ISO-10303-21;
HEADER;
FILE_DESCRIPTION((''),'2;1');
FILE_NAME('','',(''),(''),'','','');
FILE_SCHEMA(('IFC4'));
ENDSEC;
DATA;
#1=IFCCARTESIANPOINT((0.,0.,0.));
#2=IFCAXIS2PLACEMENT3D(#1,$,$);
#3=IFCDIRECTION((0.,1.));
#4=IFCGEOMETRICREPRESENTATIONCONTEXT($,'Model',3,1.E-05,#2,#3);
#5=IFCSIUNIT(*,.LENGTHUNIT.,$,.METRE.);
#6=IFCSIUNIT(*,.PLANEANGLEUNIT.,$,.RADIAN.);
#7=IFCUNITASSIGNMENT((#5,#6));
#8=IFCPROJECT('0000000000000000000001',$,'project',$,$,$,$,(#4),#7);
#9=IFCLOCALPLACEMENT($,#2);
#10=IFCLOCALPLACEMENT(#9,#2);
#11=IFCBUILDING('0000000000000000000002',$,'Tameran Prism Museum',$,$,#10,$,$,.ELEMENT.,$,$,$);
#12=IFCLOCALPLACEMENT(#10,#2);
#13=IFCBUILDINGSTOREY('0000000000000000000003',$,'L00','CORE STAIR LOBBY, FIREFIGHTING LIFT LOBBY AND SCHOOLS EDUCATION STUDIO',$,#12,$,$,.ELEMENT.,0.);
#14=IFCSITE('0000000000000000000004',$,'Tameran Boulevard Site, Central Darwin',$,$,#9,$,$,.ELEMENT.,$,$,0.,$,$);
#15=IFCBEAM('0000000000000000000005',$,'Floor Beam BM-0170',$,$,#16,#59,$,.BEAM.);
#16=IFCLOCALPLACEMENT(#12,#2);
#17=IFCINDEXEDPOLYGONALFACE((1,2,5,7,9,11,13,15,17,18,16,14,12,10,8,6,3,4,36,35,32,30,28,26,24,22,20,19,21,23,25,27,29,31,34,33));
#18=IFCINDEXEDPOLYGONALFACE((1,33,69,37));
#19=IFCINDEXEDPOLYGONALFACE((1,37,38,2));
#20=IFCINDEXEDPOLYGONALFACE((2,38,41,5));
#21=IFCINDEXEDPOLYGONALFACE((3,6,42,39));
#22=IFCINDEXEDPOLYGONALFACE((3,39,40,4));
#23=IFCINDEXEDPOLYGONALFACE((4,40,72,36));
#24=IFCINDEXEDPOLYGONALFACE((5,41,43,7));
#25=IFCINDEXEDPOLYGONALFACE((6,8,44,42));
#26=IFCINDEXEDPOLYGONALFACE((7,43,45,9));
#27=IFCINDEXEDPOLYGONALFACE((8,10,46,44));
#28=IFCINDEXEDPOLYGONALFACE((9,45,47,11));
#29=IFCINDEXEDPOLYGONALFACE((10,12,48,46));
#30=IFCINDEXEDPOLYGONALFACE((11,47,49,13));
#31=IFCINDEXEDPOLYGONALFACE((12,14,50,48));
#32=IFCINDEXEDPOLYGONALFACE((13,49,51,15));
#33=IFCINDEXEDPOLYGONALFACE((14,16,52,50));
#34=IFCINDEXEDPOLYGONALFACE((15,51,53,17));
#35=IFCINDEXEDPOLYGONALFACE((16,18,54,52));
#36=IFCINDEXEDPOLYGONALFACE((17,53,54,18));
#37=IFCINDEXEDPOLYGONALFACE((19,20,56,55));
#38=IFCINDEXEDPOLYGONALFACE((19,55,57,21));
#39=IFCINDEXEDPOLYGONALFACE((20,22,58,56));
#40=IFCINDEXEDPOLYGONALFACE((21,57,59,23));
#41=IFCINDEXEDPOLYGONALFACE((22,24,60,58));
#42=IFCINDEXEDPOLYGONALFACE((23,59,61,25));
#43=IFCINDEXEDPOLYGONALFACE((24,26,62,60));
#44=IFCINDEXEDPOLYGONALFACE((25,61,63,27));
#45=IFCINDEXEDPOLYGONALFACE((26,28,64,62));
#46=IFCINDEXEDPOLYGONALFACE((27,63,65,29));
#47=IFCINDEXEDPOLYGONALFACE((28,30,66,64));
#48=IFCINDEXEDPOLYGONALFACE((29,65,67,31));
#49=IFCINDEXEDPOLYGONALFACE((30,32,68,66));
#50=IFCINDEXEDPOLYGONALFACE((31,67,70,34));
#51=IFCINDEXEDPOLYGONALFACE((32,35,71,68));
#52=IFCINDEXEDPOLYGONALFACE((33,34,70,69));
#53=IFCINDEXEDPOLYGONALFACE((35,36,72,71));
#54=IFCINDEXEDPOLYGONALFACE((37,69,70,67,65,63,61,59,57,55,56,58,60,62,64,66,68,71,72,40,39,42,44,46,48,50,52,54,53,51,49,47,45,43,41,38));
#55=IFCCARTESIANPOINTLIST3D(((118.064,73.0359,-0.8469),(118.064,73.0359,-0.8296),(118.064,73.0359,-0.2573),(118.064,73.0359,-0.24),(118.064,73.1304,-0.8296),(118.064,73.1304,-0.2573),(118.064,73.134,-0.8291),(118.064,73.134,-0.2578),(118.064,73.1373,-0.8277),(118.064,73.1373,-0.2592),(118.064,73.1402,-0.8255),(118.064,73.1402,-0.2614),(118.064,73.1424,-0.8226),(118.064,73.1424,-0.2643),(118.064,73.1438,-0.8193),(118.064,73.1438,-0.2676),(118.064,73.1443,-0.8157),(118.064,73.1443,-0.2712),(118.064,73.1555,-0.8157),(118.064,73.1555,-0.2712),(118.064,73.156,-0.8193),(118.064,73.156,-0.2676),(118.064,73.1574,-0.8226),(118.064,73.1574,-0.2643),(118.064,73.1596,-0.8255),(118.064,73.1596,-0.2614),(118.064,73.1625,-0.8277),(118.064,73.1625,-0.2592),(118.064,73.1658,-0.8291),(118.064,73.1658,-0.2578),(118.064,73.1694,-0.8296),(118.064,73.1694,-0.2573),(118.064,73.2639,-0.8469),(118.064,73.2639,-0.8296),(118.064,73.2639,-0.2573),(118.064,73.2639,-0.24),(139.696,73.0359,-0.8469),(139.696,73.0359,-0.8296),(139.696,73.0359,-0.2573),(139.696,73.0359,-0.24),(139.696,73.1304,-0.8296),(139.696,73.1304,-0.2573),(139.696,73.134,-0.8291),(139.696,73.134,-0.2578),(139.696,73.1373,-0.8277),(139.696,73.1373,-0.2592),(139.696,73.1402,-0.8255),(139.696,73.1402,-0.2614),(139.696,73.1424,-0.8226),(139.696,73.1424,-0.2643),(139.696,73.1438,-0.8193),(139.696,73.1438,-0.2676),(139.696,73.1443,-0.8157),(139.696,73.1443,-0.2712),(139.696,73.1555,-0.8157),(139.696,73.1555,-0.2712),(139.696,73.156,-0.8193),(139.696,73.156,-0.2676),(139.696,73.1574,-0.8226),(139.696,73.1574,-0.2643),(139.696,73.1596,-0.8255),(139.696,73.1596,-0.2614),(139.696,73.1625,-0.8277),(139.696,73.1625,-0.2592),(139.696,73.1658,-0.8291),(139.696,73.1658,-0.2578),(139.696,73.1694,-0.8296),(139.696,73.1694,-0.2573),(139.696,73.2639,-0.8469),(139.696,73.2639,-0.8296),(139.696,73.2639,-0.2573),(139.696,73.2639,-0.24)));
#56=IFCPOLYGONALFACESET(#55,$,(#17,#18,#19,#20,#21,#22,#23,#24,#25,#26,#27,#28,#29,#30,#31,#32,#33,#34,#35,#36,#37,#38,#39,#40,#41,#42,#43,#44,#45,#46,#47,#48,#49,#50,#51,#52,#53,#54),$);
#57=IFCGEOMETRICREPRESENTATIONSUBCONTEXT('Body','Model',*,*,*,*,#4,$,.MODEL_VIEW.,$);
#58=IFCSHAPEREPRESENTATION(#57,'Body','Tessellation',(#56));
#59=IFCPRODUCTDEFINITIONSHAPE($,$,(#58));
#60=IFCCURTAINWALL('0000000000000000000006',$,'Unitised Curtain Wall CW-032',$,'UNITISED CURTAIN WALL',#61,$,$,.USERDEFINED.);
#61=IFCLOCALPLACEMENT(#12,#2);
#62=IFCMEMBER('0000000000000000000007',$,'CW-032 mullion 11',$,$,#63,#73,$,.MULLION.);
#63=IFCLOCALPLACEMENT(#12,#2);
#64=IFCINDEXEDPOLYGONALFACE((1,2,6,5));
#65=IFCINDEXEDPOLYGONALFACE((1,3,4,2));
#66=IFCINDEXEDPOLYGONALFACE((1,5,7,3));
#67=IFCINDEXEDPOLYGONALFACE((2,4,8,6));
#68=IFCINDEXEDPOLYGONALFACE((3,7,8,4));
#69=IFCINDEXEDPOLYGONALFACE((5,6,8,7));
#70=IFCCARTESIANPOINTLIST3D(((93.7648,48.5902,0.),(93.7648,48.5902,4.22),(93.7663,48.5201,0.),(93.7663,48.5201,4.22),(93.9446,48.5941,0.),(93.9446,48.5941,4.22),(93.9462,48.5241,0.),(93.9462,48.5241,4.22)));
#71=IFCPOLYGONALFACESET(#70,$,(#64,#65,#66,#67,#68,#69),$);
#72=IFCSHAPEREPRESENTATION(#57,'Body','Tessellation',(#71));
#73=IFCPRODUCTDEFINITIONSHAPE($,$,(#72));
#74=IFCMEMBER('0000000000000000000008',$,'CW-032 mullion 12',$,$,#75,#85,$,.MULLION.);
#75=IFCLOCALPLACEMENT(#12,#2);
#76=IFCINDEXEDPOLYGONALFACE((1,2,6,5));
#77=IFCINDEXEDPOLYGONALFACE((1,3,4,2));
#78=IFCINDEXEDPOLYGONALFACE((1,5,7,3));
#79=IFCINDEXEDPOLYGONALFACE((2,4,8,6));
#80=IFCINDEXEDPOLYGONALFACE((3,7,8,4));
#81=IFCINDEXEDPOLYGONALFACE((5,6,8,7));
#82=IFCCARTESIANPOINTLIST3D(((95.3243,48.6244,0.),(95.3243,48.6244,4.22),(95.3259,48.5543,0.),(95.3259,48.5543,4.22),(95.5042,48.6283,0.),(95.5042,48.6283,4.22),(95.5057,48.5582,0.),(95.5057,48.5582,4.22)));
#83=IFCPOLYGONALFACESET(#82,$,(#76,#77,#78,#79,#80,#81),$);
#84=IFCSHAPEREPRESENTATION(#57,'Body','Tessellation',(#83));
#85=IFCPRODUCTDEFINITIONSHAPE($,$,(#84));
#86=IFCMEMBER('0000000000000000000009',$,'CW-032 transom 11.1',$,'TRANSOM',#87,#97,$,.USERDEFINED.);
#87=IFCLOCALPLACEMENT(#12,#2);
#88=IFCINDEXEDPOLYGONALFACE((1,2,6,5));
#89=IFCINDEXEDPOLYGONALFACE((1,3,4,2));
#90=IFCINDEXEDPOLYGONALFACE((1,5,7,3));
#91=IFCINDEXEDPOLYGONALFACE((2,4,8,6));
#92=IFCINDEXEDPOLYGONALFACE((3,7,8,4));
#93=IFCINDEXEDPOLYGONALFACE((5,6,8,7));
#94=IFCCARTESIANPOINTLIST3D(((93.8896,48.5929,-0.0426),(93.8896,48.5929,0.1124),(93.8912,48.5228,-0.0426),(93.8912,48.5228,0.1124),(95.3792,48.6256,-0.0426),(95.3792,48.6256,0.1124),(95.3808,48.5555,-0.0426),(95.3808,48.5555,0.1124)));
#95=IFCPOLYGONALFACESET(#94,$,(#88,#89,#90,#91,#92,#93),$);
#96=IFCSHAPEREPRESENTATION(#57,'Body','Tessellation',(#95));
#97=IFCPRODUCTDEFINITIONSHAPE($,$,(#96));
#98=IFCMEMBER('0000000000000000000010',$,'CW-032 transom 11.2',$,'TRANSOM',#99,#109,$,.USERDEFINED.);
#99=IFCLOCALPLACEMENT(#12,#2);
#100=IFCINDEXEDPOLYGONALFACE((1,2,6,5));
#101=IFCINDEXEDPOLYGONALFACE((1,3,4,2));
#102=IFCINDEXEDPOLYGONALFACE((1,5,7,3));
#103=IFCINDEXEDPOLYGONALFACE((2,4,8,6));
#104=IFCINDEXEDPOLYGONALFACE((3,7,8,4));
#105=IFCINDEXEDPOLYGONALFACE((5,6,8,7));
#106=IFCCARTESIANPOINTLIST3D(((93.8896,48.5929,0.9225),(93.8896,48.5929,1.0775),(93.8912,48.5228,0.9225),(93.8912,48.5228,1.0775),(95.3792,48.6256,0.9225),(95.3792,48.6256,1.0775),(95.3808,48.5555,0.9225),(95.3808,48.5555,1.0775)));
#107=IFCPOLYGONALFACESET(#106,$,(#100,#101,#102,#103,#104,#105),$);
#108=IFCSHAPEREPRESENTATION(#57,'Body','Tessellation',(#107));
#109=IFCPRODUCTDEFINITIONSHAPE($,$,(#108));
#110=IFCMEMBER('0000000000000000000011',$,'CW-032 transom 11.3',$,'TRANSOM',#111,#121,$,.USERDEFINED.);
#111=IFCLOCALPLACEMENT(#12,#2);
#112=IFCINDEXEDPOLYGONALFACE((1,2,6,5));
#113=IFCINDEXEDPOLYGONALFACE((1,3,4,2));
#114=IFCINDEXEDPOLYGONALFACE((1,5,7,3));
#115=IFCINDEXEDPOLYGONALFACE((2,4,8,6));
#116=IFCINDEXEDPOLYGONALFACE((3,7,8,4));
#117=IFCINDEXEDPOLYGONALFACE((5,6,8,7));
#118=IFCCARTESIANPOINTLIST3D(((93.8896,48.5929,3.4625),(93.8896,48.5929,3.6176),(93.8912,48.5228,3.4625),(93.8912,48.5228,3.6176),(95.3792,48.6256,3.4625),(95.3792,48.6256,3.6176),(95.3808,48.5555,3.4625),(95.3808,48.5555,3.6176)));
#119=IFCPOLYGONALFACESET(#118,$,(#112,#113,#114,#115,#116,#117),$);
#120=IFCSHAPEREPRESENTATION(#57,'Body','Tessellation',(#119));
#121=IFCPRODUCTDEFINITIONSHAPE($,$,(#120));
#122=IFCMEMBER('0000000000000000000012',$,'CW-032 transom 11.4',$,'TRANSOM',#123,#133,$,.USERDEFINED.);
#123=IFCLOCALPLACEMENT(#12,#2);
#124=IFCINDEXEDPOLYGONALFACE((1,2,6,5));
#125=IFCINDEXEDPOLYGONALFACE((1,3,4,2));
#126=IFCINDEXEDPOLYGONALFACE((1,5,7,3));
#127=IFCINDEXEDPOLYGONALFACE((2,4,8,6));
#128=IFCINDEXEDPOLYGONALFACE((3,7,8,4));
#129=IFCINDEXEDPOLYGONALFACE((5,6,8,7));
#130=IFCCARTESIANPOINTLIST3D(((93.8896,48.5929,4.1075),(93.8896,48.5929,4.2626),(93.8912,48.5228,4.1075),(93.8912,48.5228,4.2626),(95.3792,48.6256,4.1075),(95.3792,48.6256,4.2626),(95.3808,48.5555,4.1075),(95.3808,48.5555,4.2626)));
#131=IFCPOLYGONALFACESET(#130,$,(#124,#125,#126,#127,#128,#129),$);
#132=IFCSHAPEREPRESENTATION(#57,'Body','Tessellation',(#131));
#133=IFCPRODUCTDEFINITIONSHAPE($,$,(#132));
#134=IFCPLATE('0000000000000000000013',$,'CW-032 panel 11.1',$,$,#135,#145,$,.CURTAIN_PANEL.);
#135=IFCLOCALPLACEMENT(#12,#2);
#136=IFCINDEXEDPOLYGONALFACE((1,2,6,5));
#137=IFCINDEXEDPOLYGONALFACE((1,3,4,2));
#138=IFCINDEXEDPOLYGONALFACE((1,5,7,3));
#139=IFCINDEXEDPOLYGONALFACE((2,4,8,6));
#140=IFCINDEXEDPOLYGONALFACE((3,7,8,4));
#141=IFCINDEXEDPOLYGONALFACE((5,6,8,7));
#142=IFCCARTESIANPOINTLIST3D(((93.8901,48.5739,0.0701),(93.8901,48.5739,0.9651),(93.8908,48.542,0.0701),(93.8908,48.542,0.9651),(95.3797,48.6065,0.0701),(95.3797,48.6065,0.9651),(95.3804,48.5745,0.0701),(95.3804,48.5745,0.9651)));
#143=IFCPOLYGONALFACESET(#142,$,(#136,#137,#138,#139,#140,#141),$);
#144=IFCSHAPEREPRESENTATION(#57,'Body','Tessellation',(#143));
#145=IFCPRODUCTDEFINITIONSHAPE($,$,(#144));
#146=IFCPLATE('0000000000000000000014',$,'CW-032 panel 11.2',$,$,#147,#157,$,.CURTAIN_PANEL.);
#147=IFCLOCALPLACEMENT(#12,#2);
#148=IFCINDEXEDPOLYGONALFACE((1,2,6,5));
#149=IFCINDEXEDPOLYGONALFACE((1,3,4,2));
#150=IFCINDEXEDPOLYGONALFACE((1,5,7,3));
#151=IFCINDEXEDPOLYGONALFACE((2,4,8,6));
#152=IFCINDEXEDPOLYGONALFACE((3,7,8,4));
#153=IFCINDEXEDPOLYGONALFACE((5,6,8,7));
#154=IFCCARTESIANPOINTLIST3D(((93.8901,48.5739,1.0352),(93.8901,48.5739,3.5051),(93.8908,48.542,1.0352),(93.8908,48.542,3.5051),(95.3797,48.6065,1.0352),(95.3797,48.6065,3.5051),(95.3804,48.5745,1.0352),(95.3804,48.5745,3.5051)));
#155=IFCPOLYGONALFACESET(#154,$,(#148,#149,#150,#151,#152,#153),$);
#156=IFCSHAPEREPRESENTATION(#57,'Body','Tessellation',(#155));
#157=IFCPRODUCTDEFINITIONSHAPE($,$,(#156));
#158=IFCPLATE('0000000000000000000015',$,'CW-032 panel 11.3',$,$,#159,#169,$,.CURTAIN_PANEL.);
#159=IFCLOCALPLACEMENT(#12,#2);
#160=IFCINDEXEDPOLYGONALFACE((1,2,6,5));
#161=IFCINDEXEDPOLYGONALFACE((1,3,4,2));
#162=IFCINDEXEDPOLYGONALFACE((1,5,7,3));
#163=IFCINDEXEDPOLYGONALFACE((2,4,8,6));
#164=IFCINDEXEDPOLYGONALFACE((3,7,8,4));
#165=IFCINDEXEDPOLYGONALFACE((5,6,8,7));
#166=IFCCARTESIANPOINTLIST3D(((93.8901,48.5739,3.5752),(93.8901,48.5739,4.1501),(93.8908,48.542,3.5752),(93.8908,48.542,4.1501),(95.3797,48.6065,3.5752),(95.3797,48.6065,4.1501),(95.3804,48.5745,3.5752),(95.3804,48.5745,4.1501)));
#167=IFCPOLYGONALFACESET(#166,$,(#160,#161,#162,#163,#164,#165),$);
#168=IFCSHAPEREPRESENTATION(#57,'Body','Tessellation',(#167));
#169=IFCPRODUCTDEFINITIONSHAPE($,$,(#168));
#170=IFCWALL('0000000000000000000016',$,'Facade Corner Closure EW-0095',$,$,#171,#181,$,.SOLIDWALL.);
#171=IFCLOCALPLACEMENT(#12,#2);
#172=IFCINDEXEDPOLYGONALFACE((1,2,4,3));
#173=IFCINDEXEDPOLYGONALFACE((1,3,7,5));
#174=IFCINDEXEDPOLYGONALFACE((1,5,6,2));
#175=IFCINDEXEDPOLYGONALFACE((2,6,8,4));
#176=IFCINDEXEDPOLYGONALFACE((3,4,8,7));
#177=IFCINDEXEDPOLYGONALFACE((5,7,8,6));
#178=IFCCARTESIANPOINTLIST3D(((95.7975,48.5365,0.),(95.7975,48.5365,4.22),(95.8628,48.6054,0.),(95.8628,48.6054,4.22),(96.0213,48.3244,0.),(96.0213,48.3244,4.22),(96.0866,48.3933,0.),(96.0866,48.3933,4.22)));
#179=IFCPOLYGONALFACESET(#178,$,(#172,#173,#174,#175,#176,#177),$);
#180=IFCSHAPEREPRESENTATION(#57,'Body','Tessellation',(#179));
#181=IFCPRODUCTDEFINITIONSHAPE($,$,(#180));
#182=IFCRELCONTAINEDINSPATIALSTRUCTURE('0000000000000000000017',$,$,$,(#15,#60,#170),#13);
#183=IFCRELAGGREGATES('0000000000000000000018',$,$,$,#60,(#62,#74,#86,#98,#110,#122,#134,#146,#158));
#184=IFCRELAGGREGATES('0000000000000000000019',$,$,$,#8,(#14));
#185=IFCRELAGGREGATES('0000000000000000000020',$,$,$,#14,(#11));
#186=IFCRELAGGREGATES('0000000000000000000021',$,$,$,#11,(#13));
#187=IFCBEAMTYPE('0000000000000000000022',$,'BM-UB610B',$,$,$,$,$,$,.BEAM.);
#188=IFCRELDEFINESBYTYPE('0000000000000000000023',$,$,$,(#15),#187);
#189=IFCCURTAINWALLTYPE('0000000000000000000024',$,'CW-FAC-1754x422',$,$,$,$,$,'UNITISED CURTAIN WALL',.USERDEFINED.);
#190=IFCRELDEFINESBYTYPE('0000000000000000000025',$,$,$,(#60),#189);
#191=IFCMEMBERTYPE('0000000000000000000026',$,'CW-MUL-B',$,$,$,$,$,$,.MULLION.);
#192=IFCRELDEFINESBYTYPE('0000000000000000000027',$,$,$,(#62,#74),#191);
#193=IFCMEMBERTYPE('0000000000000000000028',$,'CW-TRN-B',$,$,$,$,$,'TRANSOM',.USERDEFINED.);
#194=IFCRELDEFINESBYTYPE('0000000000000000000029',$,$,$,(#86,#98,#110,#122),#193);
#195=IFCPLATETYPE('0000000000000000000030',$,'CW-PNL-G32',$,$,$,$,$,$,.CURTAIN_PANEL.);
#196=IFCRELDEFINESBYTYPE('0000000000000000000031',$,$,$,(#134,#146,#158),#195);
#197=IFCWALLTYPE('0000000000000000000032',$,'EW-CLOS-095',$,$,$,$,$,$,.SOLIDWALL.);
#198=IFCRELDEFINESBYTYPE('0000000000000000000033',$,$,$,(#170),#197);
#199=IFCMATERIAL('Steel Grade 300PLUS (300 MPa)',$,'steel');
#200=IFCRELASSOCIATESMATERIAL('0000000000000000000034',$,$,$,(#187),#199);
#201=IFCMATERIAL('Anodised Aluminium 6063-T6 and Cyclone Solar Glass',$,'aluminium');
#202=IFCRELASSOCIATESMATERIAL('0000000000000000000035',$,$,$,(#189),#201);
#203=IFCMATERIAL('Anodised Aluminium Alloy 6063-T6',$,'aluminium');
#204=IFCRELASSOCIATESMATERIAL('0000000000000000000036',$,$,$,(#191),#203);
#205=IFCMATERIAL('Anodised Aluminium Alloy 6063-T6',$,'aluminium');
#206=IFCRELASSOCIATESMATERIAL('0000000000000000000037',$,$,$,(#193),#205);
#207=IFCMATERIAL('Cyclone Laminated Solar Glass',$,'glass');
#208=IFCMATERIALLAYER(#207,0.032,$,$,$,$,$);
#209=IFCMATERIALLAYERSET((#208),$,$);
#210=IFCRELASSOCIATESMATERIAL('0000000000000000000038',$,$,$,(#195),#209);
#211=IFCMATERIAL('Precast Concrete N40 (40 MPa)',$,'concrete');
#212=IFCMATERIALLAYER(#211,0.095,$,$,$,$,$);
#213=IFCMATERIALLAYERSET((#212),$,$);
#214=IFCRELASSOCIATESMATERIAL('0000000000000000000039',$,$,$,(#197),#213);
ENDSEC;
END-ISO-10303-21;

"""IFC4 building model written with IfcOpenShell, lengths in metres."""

from ifc_helpers import new_model, si_unit, direction, frame, frame_2d, origin, origin_2d, place, context, subcontext, project, spatial, rectangle, i_section, extrude, material, layer, layer_set, material_profile, profile_set, type_object, element, aggregate, save


model = new_model("IFC4")

# Units and contexts
model_context = context("Model", 3, precision=1e-05, world=origin(), true_north=direction((0.0, 1.0)))
body_context = subcontext(model_context, "Body", "Model", "MODEL_VIEW")
ifc_project = project(units=[si_unit("LENGTHUNIT", "METRE"), si_unit("PLANEANGLEUNIT", "RADIAN")], contexts=[model_context])

# Site, building, storey
site_placement = place(None, origin())
site = spatial("IfcSite", under=ifc_project, at=site_placement, Name="Tameran Boulevard Site, Central Darwin", CompositionType="ELEMENT", RefElevation=0.0)
building_placement = place(site_placement, origin())
building = spatial("IfcBuilding", under=site, at=building_placement, Name="Tameran Prism Museum", CompositionType="ELEMENT")
storey_placement = place(building_placement, origin())
storey = spatial("IfcBuildingStorey", under=building, at=storey_placement, Name="L00", Description="CORE STAIR LOBBY, FIREFIGHTING LIFT LOBBY AND SCHOOLS EDUCATION STUDIO", CompositionType="ELEMENT", Elevation=0.0)

# Beam
ifc_material_1 = material(Name="Steel Grade 300PLUS (300 MPa)", Category="steel")
ifc_material_profile_1 = material_profile(ifc_material_1, i_section(OverallWidth=0.228, OverallDepth=0.6069, WebThickness=0.0112, FlangeThickness=0.0173, FilletRadius=0.0139, at=origin_2d()))
ifc_profile_set_1 = profile_set([ifc_material_profile_1])
beam_type_1 = type_object("IfcBeamType", Name="BM-UB610B", PredefinedType="BEAM", material=ifc_profile_set_1)
beam_1_placement = place(storey_placement, frame((118.064, 73.1499, -0.5435), z_axis=(1.0, 0.0, 0.0), x_axis=(0.0, 1.0, 0.0)))
element("IfcBeam", 1, at=beam_1_placement, inside=storey, type_object=beam_type_1, Name="Floor Beam BM-0170", PredefinedType="BEAM", context=body_context, shape_type="SweptSolid", body=[
    extrude(i_section(OverallWidth=0.228, OverallDepth=0.6069, WebThickness=0.0112, FlangeThickness=0.0173, FilletRadius=0.0139, at=origin_2d()), origin(), (0.0, 0.0, 1.0), 21.6321),
])

# Curtain wall, members, plates
ifc_material_2 = material(Name="Anodised Aluminium 6063-T6 and Cyclone Solar Glass", Category="aluminium")
curtain_wall_type = type_object("IfcCurtainWallType", Name="CW-FAC-1754x422", ElementType="UNITISED CURTAIN WALL", PredefinedType="USERDEFINED", material=ifc_material_2)
curtain_wall_placement = place(storey_placement, origin())
curtain_wall = element("IfcCurtainWall", 2, at=curtain_wall_placement, inside=storey, type_object=curtain_wall_type, Name="Unitised Curtain Wall CW-032", ObjectType="UNITISED CURTAIN WALL", PredefinedType="USERDEFINED")
ifc_material_3 = material(Name="Anodised Aluminium Alloy 6063-T6", Category="aluminium")
ifc_material_profile_2 = material_profile(ifc_material_3, rectangle(XDim=0.0701, YDim=0.1799, at=origin_2d()))
ifc_profile_set_2 = profile_set([ifc_material_profile_2])
member_type_1 = type_object("IfcMemberType", Name="CW-MUL-B", PredefinedType="MULLION", material=ifc_profile_set_2)
member_1_placement = place(storey_placement, frame((93.8555, 48.5571, 0.0), z_axis=(0.0, 0.0, 1.0), x_axis=(-0.021831, 0.999762, 0.0)))
member_1 = element("IfcMember", 3, at=member_1_placement, type_object=member_type_1, Name="CW-032 mullion 11", PredefinedType="MULLION", context=body_context, shape_type="SweptSolid", body=[
    extrude(rectangle(XDim=0.0701, YDim=0.1799, at=origin_2d()), origin(), (0.0, 0.0, 1.0), 4.22),
])
member_2_placement = place(storey_placement, frame((95.415, 48.5913, 0.0), z_axis=(0.0, 0.0, 1.0), x_axis=(-0.021831, 0.999762, 0.0)))
member_2 = element("IfcMember", 4, at=member_2_placement, type_object=member_type_1, Name="CW-032 mullion 12", PredefinedType="MULLION", context=body_context, shape_type="SweptSolid", body=[
    extrude(rectangle(XDim=0.0701, YDim=0.1799, at=origin_2d()), origin(), (0.0, 0.0, 1.0), 4.22),
])
ifc_material_4 = material(Name="Anodised Aluminium Alloy 6063-T6", Category="aluminium")
ifc_material_profile_3 = material_profile(ifc_material_4, rectangle(XDim=0.0701, YDim=0.155, at=origin_2d()))
ifc_profile_set_3 = profile_set([ifc_material_profile_3])
member_type_2 = type_object("IfcMemberType", Name="CW-TRN-B", ElementType="TRANSOM", PredefinedType="USERDEFINED", material=ifc_profile_set_3)
member_3_placement = place(storey_placement, frame((93.8904, 48.5579, 0.0349), z_axis=(0.999759, 0.021955, 0.0), x_axis=(-0.021955, 0.999759, 0.0)))
member_3 = element("IfcMember", 5, at=member_3_placement, type_object=member_type_2, Name="CW-032 transom 11.1", ObjectType="TRANSOM", PredefinedType="USERDEFINED", context=body_context, shape_type="SweptSolid", body=[
    extrude(rectangle(XDim=0.0701, YDim=0.155, at=origin_2d()), origin(), (0.0, 0.0, 1.0), 1.49),
])
member_4_placement = place(storey_placement, frame((93.8904, 48.5579, 1.0), z_axis=(0.999759, 0.021955, 0.0), x_axis=(-0.021955, 0.999759, 0.0)))
member_4 = element("IfcMember", 6, at=member_4_placement, type_object=member_type_2, Name="CW-032 transom 11.2", ObjectType="TRANSOM", PredefinedType="USERDEFINED", context=body_context, shape_type="SweptSolid", body=[
    extrude(rectangle(XDim=0.0701, YDim=0.155, at=origin_2d()), origin(), (0.0, 0.0, 1.0), 1.49),
])
member_5_placement = place(storey_placement, frame((93.8904, 48.5579, 3.54), z_axis=(0.999759, 0.021955, 0.0), x_axis=(-0.021955, 0.999759, 0.0)))
member_5 = element("IfcMember", 7, at=member_5_placement, type_object=member_type_2, Name="CW-032 transom 11.3", ObjectType="TRANSOM", PredefinedType="USERDEFINED", context=body_context, shape_type="SweptSolid", body=[
    extrude(rectangle(XDim=0.0701, YDim=0.155, at=origin_2d()), origin(), (0.0, 0.0, 1.0), 1.49),
])
member_6_placement = place(storey_placement, frame((93.8904, 48.5579, 4.1851), z_axis=(0.999759, 0.021955, 0.0), x_axis=(-0.021955, 0.999759, 0.0)))
member_6 = element("IfcMember", 8, at=member_6_placement, type_object=member_type_2, Name="CW-032 transom 11.4", ObjectType="TRANSOM", PredefinedType="USERDEFINED", context=body_context, shape_type="SweptSolid", body=[
    extrude(rectangle(XDim=0.0701, YDim=0.155, at=origin_2d()), origin(), (0.0, 0.0, 1.0), 1.49),
])
ifc_material_5 = material(Name="Cyclone Laminated Solar Glass", Category="glass")
ifc_layer_1 = layer(ifc_material_5, 0.032)
ifc_layer_set_1 = layer_set([ifc_layer_1])
plate_type = type_object("IfcPlateType", Name="CW-PNL-G32", PredefinedType="CURTAIN_PANEL", material=ifc_layer_set_1)
plate_1_placement = place(storey_placement, frame((94.6353, 48.5742, 0.0701), z_axis=(0.0, 0.0, 1.0), x_axis=(0.999762, 0.021831, 0.0)))
plate_1 = element("IfcPlate", 9, at=plate_1_placement, type_object=plate_type, Name="CW-032 panel 11.1", PredefinedType="CURTAIN_PANEL", context=body_context, shape_type="SweptSolid", body=[
    extrude(rectangle(XDim=1.49, YDim=0.032, at=origin_2d()), origin(), (0.0, 0.0, 1.0), 0.895),
])
plate_2_placement = place(storey_placement, frame((94.6353, 48.5742, 1.0352), z_axis=(0.0, 0.0, 1.0), x_axis=(0.999762, 0.021831, 0.0)))
plate_2 = element("IfcPlate", 10, at=plate_2_placement, type_object=plate_type, Name="CW-032 panel 11.2", PredefinedType="CURTAIN_PANEL", context=body_context, shape_type="SweptSolid", body=[
    extrude(rectangle(XDim=1.49, YDim=0.032, at=origin_2d()), origin(), (0.0, 0.0, 1.0), 2.47),
])
plate_3_placement = place(storey_placement, frame((94.6353, 48.5742, 3.5752), z_axis=(0.0, 0.0, 1.0), x_axis=(0.999762, 0.021831, 0.0)))
plate_3 = element("IfcPlate", 11, at=plate_3_placement, type_object=plate_type, Name="CW-032 panel 11.3", PredefinedType="CURTAIN_PANEL", context=body_context, shape_type="SweptSolid", body=[
    extrude(rectangle(XDim=1.49, YDim=0.032, at=origin_2d()), origin(), (0.0, 0.0, 1.0), 0.575),
])
aggregate(curtain_wall, [member_1, member_2, member_3, member_4, member_5, member_6, plate_1, plate_2, plate_3])

# Wall
ifc_material_6 = material(Name="Precast Concrete N40 (40 MPa)", Category="concrete")
ifc_layer_2 = layer(ifc_material_6, 0.095)
ifc_layer_set_2 = layer_set([ifc_layer_2])
wall_type_1 = type_object("IfcWallType", Name="EW-CLOS-095", PredefinedType="SOLIDWALL", material=ifc_layer_set_2)
wall_1_placement = place(storey_placement, frame((95.8301, 48.571, 0.0), z_axis=(0.0, 0.0, 1.0), x_axis=(0.725849, -0.687854, 0.0)))
element("IfcWall", 12, at=wall_1_placement, inside=storey, type_object=wall_type_1, Name="Facade Corner Closure EW-0095", PredefinedType="SOLIDWALL", context=body_context, shape_type="SweptSolid", body=[
    extrude(rectangle(XDim=0.3083, YDim=0.095, at=frame_2d((0.1543, 0.0))), origin(), (0.0, 0.0, 1.0), 4.22),
])

save(model, "model.ifc")
